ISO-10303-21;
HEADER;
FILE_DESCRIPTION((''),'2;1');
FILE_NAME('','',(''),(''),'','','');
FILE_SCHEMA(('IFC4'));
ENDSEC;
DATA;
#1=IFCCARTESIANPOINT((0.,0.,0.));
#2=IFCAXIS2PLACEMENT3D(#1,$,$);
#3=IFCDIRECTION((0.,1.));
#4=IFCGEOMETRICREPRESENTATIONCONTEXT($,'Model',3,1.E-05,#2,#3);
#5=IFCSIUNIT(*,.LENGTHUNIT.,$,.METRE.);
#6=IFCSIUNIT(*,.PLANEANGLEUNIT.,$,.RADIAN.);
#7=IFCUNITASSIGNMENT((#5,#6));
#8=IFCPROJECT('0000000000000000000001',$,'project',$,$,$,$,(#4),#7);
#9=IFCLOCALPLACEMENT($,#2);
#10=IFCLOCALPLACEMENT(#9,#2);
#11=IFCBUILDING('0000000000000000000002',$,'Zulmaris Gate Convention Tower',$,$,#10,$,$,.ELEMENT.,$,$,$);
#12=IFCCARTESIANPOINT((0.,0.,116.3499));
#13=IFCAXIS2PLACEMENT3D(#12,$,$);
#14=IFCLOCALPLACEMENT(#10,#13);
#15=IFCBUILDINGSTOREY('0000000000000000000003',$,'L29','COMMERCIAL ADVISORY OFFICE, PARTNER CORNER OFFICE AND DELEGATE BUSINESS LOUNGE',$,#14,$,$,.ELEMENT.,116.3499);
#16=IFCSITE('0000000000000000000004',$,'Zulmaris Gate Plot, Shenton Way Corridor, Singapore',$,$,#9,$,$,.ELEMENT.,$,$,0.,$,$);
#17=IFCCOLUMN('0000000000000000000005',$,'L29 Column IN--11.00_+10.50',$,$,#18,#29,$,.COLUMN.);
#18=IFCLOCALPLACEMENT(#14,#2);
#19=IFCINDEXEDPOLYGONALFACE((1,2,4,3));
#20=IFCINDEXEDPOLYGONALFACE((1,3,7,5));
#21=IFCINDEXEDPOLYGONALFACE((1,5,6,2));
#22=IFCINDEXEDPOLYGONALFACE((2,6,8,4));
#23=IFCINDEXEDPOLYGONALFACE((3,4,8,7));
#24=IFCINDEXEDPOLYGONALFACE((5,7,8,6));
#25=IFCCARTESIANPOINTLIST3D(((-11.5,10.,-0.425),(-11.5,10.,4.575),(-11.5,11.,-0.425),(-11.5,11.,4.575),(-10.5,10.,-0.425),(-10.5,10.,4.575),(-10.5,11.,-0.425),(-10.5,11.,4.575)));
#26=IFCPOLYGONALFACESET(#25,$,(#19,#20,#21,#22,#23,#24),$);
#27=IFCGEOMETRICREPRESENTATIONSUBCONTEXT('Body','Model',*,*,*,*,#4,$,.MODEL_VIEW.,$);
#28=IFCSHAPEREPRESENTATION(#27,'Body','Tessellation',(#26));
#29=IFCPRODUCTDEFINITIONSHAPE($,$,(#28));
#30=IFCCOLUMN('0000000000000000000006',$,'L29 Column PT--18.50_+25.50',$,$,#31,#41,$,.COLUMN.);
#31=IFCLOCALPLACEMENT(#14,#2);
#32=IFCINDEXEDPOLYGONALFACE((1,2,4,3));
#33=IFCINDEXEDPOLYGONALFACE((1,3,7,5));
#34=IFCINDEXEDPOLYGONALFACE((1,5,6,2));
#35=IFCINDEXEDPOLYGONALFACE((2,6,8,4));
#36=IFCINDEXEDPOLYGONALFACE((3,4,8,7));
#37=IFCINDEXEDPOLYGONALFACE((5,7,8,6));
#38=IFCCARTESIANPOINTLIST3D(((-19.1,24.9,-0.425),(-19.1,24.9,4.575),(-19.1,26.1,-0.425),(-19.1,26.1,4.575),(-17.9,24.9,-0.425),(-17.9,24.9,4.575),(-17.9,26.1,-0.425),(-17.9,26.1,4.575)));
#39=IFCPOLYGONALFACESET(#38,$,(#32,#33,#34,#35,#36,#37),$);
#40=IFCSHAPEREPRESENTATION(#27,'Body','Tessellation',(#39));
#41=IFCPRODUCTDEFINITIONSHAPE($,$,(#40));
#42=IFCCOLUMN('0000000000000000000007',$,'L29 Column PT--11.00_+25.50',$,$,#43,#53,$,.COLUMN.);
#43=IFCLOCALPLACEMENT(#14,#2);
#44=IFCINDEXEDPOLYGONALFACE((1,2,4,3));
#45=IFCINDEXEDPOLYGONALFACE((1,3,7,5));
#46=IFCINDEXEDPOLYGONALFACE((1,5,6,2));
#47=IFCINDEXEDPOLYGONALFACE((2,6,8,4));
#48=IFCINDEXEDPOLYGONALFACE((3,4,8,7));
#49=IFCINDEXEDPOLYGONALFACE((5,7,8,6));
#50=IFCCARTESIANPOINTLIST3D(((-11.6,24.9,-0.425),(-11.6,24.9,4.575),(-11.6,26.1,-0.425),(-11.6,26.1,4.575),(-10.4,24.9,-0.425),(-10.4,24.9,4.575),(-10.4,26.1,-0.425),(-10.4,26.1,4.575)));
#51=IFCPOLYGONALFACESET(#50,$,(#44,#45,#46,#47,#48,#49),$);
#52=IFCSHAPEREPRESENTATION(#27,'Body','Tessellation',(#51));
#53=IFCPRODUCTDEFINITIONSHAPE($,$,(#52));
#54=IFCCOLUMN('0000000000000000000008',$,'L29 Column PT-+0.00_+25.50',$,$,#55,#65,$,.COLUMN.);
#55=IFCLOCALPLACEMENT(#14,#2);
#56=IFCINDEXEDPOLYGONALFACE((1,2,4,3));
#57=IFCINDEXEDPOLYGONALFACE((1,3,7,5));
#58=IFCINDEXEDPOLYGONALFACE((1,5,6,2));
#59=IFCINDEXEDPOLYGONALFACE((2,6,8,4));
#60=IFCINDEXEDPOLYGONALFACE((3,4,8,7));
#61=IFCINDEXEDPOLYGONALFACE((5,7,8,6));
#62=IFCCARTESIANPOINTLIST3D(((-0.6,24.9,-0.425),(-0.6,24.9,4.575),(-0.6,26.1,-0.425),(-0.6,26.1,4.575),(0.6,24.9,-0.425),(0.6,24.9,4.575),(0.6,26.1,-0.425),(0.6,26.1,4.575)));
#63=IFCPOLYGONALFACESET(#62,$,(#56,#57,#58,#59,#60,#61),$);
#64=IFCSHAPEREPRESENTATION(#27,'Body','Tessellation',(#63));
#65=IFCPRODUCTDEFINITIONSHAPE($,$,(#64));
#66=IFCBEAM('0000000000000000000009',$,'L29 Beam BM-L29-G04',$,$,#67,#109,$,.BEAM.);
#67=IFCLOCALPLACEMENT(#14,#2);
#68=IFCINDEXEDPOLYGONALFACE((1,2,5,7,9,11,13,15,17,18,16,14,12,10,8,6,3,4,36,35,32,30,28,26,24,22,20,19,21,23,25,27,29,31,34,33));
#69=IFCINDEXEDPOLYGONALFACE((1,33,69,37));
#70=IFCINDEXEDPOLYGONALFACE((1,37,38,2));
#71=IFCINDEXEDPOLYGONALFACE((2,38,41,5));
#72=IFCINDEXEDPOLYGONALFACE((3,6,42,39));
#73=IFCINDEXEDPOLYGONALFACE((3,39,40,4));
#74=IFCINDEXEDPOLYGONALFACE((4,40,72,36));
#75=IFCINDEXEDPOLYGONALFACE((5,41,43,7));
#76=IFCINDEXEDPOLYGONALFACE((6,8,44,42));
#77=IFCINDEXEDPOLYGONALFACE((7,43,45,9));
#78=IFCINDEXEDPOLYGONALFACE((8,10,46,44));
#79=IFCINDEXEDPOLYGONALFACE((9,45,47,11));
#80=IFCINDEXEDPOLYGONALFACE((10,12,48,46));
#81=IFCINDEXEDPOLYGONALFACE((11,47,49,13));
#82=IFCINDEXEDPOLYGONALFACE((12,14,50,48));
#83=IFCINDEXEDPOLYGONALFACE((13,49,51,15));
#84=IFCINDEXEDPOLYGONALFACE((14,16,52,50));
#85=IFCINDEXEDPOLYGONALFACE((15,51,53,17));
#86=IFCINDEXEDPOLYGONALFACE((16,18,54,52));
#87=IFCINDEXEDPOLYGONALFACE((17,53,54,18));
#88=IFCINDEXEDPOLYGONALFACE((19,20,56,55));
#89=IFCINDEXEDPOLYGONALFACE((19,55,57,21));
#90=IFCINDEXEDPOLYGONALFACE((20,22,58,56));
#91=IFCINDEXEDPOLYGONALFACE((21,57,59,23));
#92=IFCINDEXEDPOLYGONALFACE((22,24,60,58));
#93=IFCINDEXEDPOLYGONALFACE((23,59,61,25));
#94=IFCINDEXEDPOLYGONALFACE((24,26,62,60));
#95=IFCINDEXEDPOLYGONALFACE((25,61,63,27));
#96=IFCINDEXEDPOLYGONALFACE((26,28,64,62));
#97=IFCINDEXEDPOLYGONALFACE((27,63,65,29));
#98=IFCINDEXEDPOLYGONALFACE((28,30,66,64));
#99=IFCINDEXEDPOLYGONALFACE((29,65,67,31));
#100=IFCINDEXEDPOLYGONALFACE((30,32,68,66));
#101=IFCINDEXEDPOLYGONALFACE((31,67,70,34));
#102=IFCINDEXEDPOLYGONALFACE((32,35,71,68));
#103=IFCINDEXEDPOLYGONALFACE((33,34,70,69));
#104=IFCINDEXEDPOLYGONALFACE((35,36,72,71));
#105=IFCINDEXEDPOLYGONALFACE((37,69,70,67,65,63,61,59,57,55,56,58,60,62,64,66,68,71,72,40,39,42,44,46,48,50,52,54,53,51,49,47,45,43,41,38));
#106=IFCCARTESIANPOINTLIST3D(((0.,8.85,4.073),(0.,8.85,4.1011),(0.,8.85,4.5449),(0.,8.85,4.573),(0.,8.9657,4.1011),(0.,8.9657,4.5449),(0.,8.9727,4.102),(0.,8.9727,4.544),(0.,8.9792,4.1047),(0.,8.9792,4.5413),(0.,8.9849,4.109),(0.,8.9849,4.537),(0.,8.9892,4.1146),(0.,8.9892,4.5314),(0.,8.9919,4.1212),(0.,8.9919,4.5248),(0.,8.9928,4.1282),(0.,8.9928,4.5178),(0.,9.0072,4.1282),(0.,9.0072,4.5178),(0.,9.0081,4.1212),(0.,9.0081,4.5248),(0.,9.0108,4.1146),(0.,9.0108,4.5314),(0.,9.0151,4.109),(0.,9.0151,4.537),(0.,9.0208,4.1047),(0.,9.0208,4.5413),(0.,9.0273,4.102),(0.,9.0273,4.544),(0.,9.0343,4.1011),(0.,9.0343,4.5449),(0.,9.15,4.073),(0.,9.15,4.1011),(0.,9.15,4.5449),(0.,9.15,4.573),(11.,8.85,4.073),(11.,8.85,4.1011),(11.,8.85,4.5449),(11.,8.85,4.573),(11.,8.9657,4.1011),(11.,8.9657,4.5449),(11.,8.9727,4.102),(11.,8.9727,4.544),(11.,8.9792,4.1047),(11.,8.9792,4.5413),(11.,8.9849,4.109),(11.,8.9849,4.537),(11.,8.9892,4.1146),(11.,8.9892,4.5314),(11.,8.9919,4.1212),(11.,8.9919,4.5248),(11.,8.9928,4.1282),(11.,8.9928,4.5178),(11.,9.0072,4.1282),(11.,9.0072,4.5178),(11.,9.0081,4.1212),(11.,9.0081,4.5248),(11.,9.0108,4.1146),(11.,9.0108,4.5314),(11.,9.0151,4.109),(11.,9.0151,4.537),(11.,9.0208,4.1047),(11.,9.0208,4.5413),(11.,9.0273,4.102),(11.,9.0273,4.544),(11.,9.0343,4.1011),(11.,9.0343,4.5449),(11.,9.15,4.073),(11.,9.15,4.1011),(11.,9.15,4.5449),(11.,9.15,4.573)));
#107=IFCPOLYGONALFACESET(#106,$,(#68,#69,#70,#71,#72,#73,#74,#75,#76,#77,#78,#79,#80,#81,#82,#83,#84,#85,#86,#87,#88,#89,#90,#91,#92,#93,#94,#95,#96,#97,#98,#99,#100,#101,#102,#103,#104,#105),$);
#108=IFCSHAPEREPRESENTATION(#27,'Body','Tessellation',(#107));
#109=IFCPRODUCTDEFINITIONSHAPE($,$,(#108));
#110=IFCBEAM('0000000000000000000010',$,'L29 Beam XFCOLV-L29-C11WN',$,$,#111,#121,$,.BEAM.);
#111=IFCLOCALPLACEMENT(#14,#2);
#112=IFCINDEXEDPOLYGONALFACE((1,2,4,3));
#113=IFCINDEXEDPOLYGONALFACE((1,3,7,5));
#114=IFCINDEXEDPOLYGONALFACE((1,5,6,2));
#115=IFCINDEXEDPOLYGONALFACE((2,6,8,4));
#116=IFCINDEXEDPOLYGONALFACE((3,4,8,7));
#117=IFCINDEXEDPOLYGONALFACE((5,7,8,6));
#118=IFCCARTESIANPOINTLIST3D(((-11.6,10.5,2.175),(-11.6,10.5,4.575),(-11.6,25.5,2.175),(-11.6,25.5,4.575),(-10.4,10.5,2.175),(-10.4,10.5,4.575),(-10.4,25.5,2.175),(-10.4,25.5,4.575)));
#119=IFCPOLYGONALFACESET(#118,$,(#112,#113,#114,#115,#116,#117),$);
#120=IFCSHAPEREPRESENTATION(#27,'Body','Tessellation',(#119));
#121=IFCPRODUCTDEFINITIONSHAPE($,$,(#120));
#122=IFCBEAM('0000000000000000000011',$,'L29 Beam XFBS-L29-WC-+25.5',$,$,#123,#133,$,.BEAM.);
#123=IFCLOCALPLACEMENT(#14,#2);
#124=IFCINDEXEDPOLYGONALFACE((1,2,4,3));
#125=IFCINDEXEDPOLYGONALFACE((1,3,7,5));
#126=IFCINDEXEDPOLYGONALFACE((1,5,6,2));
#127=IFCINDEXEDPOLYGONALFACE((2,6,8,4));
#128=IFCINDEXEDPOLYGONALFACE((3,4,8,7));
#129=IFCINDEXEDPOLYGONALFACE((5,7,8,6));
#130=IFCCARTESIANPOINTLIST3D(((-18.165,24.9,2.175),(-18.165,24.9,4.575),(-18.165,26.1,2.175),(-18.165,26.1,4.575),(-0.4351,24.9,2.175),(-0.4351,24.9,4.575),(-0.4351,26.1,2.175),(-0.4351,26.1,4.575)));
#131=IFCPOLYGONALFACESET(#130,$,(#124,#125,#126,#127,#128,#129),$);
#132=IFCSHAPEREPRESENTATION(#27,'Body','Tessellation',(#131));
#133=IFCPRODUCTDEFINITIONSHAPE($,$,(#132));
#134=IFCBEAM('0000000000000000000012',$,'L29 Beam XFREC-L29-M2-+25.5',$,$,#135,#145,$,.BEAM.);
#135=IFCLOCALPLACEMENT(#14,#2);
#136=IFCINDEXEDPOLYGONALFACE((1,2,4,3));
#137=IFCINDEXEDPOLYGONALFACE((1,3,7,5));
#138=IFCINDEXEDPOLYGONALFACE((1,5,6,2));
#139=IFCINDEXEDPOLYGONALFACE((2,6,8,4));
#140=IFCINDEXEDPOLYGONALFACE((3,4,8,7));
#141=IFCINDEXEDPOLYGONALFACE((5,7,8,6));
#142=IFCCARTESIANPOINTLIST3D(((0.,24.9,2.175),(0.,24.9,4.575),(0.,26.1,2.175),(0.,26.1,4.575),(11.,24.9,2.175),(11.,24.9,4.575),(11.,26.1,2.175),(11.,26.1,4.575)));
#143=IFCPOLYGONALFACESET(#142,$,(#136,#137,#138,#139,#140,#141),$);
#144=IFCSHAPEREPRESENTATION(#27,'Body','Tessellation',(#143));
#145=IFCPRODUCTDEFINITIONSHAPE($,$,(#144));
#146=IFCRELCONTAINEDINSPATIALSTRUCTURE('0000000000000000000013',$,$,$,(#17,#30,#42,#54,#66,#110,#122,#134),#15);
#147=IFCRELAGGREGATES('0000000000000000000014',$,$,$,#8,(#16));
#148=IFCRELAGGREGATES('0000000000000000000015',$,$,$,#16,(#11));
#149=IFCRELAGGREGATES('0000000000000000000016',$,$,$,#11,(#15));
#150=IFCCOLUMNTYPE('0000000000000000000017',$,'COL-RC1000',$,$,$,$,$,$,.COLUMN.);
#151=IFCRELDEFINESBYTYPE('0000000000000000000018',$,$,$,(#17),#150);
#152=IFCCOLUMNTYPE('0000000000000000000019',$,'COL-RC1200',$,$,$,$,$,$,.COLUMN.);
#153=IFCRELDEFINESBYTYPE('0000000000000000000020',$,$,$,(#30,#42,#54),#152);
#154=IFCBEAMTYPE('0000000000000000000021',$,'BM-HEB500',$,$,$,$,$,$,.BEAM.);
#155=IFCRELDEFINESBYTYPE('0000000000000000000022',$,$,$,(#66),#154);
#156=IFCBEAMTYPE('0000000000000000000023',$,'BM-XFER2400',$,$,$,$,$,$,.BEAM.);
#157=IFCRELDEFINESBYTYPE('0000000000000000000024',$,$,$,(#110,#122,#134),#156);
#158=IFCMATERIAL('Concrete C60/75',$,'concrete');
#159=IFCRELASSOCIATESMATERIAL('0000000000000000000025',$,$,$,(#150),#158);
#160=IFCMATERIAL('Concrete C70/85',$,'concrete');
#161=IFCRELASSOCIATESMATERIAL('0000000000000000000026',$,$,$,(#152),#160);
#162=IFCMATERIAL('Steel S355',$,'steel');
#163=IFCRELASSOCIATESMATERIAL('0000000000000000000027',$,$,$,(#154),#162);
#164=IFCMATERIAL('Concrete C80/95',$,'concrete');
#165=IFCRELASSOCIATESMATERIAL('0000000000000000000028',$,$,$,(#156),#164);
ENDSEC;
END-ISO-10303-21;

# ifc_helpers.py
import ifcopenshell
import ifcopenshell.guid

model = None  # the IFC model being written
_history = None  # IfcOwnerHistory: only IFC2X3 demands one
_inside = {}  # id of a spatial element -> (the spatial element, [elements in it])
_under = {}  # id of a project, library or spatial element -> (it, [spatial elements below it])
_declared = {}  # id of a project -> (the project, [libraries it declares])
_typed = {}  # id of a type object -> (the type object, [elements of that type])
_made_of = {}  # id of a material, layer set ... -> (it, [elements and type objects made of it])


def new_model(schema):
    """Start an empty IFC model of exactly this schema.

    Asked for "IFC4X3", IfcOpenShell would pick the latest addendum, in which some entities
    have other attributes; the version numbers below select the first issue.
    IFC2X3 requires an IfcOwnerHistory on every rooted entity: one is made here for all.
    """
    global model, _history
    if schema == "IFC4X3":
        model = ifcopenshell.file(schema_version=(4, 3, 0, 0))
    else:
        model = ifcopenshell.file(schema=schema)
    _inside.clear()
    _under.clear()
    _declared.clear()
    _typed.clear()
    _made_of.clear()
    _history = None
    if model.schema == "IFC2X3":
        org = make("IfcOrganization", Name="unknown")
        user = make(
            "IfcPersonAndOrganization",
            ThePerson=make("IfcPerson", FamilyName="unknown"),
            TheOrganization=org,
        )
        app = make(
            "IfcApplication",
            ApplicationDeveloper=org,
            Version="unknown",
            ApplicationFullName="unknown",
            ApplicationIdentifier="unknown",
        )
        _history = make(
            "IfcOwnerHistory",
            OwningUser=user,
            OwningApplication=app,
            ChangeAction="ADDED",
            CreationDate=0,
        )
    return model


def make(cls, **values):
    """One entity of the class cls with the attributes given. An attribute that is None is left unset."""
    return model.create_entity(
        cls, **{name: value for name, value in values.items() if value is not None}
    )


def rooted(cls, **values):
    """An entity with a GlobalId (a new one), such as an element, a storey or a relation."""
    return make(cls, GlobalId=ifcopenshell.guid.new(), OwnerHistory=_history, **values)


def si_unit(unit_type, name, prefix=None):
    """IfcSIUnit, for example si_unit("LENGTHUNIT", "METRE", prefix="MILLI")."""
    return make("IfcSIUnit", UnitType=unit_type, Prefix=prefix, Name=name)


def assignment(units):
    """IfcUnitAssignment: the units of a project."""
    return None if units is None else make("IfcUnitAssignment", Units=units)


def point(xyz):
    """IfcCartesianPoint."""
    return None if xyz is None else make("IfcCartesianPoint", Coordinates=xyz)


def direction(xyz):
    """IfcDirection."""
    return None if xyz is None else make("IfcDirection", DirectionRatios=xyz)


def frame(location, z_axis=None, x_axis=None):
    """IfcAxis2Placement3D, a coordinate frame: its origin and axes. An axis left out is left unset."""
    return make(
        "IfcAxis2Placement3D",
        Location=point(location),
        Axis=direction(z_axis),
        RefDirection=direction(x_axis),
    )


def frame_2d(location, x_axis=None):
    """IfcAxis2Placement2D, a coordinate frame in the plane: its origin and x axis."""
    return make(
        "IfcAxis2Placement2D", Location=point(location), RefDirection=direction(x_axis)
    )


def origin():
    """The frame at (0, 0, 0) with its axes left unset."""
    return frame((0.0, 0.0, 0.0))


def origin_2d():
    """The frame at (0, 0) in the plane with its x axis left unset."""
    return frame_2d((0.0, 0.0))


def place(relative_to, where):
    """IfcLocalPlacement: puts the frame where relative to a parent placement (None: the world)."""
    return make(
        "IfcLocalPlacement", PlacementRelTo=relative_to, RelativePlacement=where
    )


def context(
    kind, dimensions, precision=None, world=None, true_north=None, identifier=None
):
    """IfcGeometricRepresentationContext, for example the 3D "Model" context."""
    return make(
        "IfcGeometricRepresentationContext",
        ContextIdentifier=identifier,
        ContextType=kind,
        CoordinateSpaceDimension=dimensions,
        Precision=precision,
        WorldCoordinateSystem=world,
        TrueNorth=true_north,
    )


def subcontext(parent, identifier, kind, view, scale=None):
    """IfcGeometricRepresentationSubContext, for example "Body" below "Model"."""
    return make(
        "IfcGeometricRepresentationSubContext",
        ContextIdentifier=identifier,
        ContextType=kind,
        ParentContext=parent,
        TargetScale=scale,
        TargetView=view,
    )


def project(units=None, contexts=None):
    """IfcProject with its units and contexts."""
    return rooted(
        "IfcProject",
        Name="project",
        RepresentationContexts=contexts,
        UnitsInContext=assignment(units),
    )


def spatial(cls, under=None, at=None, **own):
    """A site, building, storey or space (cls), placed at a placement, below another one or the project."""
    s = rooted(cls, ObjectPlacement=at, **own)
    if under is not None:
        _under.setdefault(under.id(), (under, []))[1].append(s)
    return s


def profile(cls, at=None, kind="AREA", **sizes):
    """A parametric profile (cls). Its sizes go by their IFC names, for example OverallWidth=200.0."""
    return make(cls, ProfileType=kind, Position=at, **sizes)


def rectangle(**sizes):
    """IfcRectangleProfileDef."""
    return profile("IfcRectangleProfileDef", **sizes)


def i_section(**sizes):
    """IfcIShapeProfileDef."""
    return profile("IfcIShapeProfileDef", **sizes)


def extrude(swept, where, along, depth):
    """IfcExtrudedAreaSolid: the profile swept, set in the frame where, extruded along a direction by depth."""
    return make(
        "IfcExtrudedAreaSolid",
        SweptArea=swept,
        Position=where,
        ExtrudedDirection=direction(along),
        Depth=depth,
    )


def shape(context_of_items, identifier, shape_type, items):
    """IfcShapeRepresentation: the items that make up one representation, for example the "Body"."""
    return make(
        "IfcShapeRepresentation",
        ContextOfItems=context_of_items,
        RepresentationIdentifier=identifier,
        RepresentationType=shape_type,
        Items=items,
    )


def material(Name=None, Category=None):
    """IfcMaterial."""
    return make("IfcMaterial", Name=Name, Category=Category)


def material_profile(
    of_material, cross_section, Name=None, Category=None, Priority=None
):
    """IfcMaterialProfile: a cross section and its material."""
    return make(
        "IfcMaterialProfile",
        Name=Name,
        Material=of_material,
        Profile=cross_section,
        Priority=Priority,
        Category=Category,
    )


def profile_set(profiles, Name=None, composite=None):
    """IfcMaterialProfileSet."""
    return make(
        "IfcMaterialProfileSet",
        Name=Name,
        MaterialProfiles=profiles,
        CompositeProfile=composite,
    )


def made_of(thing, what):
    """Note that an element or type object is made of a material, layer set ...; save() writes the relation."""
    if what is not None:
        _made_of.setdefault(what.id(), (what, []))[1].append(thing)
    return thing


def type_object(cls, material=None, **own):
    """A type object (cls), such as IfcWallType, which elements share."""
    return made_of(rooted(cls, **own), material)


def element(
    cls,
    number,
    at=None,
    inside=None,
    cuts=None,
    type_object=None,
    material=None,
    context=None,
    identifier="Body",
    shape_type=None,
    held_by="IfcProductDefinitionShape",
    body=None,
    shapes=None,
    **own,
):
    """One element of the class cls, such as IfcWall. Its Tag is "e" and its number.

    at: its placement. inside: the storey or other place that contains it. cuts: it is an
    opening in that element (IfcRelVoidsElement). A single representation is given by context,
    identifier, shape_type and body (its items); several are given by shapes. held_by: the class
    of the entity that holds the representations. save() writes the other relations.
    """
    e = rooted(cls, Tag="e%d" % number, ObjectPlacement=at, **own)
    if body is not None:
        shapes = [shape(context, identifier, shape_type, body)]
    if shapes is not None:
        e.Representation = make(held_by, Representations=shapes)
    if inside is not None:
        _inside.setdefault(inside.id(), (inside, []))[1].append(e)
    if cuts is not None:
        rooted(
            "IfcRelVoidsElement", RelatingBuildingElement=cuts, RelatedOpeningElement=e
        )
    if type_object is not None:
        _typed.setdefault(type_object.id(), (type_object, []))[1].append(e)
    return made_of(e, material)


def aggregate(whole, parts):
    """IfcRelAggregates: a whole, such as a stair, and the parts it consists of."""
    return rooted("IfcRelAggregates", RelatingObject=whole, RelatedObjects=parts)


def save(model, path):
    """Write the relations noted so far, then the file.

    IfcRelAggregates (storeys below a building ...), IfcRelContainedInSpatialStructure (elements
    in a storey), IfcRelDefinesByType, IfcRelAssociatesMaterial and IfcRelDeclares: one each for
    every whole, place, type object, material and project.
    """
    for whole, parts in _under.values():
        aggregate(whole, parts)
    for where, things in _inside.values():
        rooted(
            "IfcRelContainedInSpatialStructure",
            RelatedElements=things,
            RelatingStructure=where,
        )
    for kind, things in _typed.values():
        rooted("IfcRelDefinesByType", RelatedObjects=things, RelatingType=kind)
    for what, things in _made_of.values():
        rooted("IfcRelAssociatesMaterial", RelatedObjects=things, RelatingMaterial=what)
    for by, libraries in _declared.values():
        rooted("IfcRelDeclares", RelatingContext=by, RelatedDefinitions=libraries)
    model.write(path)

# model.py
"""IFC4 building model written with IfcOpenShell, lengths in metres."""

from ifc_helpers import new_model, si_unit, direction, frame, origin, origin_2d, place, context, subcontext, project, spatial, rectangle, i_section, extrude, material, material_profile, profile_set, type_object, element, save


model = new_model("IFC4")

# Units and contexts
model_context = context("Model", 3, precision=1e-05, world=origin(), true_north=direction((0.0, 1.0)))
body_context = subcontext(model_context, "Body", "Model", "MODEL_VIEW")
ifc_project = project(units=[si_unit("LENGTHUNIT", "METRE"), si_unit("PLANEANGLEUNIT", "RADIAN")], contexts=[model_context])

# Site, building, storey
site_placement = place(None, origin())
site = spatial("IfcSite", under=ifc_project, at=site_placement, Name="Zulmaris Gate Plot, Shenton Way Corridor, Singapore", CompositionType="ELEMENT", RefElevation=0.0)
building_placement = place(site_placement, origin())
building = spatial("IfcBuilding", under=site, at=building_placement, Name="Zulmaris Gate Convention Tower", CompositionType="ELEMENT")
storey_placement = place(building_placement, frame((0.0, 0.0, 116.3499)))
storey = spatial("IfcBuildingStorey", under=building, at=storey_placement, Name="L29", Description="COMMERCIAL ADVISORY OFFICE, PARTNER CORNER OFFICE AND DELEGATE BUSINESS LOUNGE", CompositionType="ELEMENT", Elevation=116.3499)

# Columns
ifc_material_1 = material(Name="Concrete C60/75", Category="concrete")
ifc_material_profile_1 = material_profile(ifc_material_1, rectangle(XDim=1.0, YDim=1.0, at=origin_2d()), Name="RC COL 1000x1000")
ifc_profile_set_1 = profile_set([ifc_material_profile_1], Name="Concrete C60/75")
column_type_1 = type_object("IfcColumnType", Name="COL-RC1000", PredefinedType="COLUMN", material=ifc_profile_set_1)
column_placement = place(storey_placement, frame((-11.0, 10.5, -0.425), z_axis=(0.0, 0.0, 1.0), x_axis=(1.0, 0.0, 0.0)))
element("IfcColumn", 1, at=column_placement, inside=storey, type_object=column_type_1, Name="L29 Column IN--11.00_+10.50", PredefinedType="COLUMN", context=body_context, shape_type="SweptSolid", body=[
    extrude(rectangle(XDim=1.0, YDim=1.0, at=origin_2d()), origin(), (0.0, 0.0, 1.0), 5.0),
])
ifc_material_2 = material(Name="Concrete C70/85", Category="concrete")
ifc_material_profile_2 = material_profile(ifc_material_2, rectangle(XDim=1.2, YDim=1.2, at=origin_2d()), Name="RC COL 1200x1200")
ifc_profile_set_2 = profile_set([ifc_material_profile_2], Name="Concrete C70/85")
column_type_2 = type_object("IfcColumnType", Name="COL-RC1200", PredefinedType="COLUMN", material=ifc_profile_set_2)
for number, where, z_axis, x_axis, name in (
    (2, (-18.5, 25.5, -0.425), (0.0, 0.0, 1.0), (1.0, 0.0, 0.0), "L29 Column PT--18.50_+25.50"),
    (3, (-11.0, 25.5, -0.425), (0.0, 0.0, 1.0), (1.0, 0.0, 0.0), "L29 Column PT--11.00_+25.50"),
    (4, (0.0, 25.5, -0.425), (0.0, 0.0, 1.0), (1.0, 0.0, 0.0), "L29 Column PT-+0.00_+25.50"),
):
    element("IfcColumn", number, at=place(storey_placement, frame(where, z_axis=z_axis, x_axis=x_axis)), inside=storey, type_object=column_type_2, Name=name, PredefinedType="COLUMN", context=body_context, shape_type="SweptSolid", body=[
        extrude(rectangle(XDim=1.2, YDim=1.2, at=origin_2d()), origin(), (0.0, 0.0, 1.0), 5.0),
    ])

# Beams
ifc_material_3 = material(Name="Steel S355", Category="steel")
ifc_material_profile_3 = material_profile(ifc_material_3, i_section(OverallWidth=0.3, OverallDepth=0.5, WebThickness=0.0144, FlangeThickness=0.0281, FilletRadius=0.0271, at=origin_2d()), Name="HEB 500")
ifc_profile_set_3 = profile_set([ifc_material_profile_3], Name="Steel S355")
beam_type_1 = type_object("IfcBeamType", Name="BM-HEB500", PredefinedType="BEAM", material=ifc_profile_set_3)
beam_1_placement = place(storey_placement, frame((0.0, 9.0, 4.323), z_axis=(1.0, 0.0, 0.0), x_axis=(0.0, 1.0, 0.0)))
element("IfcBeam", 5, at=beam_1_placement, inside=storey, type_object=beam_type_1, Name="L29 Beam BM-L29-G04", PredefinedType="BEAM", context=body_context, shape_type="SweptSolid", body=[
    extrude(i_section(OverallWidth=0.3, OverallDepth=0.5, WebThickness=0.0144, FlangeThickness=0.0281, FilletRadius=0.0271, at=origin_2d()), origin(), (0.0, 0.0, 1.0), 11.0),
])
ifc_material_4 = material(Name="Concrete C80/95", Category="concrete")
ifc_material_profile_4 = material_profile(ifc_material_4, rectangle(XDim=1.2, YDim=2.3999, at=origin_2d()), Name="RC TRANSFER 1200x2400")
ifc_profile_set_4 = profile_set([ifc_material_profile_4], Name="Concrete C80/95")
beam_type_2 = type_object("IfcBeamType", Name="BM-XFER2400", PredefinedType="BEAM", material=ifc_profile_set_4)
beam_2_placement = place(storey_placement, frame((-11.0, 10.5, 3.375), z_axis=(0.0, 1.0, 0.0), x_axis=(-1.0, 0.0, 0.0)))
element("IfcBeam", 6, at=beam_2_placement, inside=storey, type_object=beam_type_2, Name="L29 Beam XFCOLV-L29-C11WN", PredefinedType="BEAM", context=body_context, shape_type="SweptSolid", body=[
    extrude(rectangle(XDim=1.2, YDim=2.3999, at=origin_2d()), origin(), (0.0, 0.0, 1.0), 15.0),
])
beam_3_placement = place(storey_placement, frame((-18.165, 25.5, 3.375), z_axis=(1.0, 0.0, 0.0), x_axis=(0.0, 1.0, 0.0)))
element("IfcBeam", 7, at=beam_3_placement, inside=storey, type_object=beam_type_2, Name="L29 Beam XFBS-L29-WC-+25.5", PredefinedType="BEAM", context=body_context, shape_type="SweptSolid", body=[
    extrude(rectangle(XDim=1.2, YDim=2.3999, at=origin_2d()), origin(), (0.0, 0.0, 1.0), 17.73),
])
beam_4_placement = place(storey_placement, frame((0.0, 25.5, 3.375), z_axis=(1.0, 0.0, 0.0), x_axis=(0.0, 1.0, 0.0)))
element("IfcBeam", 8, at=beam_4_placement, inside=storey, type_object=beam_type_2, Name="L29 Beam XFREC-L29-M2-+25.5", PredefinedType="BEAM", context=body_context, shape_type="SweptSolid", body=[
    extrude(rectangle(XDim=1.2, YDim=2.3999, at=origin_2d()), origin(), (0.0, 0.0, 1.0), 11.0),
])

save(model, "model.ifc")
